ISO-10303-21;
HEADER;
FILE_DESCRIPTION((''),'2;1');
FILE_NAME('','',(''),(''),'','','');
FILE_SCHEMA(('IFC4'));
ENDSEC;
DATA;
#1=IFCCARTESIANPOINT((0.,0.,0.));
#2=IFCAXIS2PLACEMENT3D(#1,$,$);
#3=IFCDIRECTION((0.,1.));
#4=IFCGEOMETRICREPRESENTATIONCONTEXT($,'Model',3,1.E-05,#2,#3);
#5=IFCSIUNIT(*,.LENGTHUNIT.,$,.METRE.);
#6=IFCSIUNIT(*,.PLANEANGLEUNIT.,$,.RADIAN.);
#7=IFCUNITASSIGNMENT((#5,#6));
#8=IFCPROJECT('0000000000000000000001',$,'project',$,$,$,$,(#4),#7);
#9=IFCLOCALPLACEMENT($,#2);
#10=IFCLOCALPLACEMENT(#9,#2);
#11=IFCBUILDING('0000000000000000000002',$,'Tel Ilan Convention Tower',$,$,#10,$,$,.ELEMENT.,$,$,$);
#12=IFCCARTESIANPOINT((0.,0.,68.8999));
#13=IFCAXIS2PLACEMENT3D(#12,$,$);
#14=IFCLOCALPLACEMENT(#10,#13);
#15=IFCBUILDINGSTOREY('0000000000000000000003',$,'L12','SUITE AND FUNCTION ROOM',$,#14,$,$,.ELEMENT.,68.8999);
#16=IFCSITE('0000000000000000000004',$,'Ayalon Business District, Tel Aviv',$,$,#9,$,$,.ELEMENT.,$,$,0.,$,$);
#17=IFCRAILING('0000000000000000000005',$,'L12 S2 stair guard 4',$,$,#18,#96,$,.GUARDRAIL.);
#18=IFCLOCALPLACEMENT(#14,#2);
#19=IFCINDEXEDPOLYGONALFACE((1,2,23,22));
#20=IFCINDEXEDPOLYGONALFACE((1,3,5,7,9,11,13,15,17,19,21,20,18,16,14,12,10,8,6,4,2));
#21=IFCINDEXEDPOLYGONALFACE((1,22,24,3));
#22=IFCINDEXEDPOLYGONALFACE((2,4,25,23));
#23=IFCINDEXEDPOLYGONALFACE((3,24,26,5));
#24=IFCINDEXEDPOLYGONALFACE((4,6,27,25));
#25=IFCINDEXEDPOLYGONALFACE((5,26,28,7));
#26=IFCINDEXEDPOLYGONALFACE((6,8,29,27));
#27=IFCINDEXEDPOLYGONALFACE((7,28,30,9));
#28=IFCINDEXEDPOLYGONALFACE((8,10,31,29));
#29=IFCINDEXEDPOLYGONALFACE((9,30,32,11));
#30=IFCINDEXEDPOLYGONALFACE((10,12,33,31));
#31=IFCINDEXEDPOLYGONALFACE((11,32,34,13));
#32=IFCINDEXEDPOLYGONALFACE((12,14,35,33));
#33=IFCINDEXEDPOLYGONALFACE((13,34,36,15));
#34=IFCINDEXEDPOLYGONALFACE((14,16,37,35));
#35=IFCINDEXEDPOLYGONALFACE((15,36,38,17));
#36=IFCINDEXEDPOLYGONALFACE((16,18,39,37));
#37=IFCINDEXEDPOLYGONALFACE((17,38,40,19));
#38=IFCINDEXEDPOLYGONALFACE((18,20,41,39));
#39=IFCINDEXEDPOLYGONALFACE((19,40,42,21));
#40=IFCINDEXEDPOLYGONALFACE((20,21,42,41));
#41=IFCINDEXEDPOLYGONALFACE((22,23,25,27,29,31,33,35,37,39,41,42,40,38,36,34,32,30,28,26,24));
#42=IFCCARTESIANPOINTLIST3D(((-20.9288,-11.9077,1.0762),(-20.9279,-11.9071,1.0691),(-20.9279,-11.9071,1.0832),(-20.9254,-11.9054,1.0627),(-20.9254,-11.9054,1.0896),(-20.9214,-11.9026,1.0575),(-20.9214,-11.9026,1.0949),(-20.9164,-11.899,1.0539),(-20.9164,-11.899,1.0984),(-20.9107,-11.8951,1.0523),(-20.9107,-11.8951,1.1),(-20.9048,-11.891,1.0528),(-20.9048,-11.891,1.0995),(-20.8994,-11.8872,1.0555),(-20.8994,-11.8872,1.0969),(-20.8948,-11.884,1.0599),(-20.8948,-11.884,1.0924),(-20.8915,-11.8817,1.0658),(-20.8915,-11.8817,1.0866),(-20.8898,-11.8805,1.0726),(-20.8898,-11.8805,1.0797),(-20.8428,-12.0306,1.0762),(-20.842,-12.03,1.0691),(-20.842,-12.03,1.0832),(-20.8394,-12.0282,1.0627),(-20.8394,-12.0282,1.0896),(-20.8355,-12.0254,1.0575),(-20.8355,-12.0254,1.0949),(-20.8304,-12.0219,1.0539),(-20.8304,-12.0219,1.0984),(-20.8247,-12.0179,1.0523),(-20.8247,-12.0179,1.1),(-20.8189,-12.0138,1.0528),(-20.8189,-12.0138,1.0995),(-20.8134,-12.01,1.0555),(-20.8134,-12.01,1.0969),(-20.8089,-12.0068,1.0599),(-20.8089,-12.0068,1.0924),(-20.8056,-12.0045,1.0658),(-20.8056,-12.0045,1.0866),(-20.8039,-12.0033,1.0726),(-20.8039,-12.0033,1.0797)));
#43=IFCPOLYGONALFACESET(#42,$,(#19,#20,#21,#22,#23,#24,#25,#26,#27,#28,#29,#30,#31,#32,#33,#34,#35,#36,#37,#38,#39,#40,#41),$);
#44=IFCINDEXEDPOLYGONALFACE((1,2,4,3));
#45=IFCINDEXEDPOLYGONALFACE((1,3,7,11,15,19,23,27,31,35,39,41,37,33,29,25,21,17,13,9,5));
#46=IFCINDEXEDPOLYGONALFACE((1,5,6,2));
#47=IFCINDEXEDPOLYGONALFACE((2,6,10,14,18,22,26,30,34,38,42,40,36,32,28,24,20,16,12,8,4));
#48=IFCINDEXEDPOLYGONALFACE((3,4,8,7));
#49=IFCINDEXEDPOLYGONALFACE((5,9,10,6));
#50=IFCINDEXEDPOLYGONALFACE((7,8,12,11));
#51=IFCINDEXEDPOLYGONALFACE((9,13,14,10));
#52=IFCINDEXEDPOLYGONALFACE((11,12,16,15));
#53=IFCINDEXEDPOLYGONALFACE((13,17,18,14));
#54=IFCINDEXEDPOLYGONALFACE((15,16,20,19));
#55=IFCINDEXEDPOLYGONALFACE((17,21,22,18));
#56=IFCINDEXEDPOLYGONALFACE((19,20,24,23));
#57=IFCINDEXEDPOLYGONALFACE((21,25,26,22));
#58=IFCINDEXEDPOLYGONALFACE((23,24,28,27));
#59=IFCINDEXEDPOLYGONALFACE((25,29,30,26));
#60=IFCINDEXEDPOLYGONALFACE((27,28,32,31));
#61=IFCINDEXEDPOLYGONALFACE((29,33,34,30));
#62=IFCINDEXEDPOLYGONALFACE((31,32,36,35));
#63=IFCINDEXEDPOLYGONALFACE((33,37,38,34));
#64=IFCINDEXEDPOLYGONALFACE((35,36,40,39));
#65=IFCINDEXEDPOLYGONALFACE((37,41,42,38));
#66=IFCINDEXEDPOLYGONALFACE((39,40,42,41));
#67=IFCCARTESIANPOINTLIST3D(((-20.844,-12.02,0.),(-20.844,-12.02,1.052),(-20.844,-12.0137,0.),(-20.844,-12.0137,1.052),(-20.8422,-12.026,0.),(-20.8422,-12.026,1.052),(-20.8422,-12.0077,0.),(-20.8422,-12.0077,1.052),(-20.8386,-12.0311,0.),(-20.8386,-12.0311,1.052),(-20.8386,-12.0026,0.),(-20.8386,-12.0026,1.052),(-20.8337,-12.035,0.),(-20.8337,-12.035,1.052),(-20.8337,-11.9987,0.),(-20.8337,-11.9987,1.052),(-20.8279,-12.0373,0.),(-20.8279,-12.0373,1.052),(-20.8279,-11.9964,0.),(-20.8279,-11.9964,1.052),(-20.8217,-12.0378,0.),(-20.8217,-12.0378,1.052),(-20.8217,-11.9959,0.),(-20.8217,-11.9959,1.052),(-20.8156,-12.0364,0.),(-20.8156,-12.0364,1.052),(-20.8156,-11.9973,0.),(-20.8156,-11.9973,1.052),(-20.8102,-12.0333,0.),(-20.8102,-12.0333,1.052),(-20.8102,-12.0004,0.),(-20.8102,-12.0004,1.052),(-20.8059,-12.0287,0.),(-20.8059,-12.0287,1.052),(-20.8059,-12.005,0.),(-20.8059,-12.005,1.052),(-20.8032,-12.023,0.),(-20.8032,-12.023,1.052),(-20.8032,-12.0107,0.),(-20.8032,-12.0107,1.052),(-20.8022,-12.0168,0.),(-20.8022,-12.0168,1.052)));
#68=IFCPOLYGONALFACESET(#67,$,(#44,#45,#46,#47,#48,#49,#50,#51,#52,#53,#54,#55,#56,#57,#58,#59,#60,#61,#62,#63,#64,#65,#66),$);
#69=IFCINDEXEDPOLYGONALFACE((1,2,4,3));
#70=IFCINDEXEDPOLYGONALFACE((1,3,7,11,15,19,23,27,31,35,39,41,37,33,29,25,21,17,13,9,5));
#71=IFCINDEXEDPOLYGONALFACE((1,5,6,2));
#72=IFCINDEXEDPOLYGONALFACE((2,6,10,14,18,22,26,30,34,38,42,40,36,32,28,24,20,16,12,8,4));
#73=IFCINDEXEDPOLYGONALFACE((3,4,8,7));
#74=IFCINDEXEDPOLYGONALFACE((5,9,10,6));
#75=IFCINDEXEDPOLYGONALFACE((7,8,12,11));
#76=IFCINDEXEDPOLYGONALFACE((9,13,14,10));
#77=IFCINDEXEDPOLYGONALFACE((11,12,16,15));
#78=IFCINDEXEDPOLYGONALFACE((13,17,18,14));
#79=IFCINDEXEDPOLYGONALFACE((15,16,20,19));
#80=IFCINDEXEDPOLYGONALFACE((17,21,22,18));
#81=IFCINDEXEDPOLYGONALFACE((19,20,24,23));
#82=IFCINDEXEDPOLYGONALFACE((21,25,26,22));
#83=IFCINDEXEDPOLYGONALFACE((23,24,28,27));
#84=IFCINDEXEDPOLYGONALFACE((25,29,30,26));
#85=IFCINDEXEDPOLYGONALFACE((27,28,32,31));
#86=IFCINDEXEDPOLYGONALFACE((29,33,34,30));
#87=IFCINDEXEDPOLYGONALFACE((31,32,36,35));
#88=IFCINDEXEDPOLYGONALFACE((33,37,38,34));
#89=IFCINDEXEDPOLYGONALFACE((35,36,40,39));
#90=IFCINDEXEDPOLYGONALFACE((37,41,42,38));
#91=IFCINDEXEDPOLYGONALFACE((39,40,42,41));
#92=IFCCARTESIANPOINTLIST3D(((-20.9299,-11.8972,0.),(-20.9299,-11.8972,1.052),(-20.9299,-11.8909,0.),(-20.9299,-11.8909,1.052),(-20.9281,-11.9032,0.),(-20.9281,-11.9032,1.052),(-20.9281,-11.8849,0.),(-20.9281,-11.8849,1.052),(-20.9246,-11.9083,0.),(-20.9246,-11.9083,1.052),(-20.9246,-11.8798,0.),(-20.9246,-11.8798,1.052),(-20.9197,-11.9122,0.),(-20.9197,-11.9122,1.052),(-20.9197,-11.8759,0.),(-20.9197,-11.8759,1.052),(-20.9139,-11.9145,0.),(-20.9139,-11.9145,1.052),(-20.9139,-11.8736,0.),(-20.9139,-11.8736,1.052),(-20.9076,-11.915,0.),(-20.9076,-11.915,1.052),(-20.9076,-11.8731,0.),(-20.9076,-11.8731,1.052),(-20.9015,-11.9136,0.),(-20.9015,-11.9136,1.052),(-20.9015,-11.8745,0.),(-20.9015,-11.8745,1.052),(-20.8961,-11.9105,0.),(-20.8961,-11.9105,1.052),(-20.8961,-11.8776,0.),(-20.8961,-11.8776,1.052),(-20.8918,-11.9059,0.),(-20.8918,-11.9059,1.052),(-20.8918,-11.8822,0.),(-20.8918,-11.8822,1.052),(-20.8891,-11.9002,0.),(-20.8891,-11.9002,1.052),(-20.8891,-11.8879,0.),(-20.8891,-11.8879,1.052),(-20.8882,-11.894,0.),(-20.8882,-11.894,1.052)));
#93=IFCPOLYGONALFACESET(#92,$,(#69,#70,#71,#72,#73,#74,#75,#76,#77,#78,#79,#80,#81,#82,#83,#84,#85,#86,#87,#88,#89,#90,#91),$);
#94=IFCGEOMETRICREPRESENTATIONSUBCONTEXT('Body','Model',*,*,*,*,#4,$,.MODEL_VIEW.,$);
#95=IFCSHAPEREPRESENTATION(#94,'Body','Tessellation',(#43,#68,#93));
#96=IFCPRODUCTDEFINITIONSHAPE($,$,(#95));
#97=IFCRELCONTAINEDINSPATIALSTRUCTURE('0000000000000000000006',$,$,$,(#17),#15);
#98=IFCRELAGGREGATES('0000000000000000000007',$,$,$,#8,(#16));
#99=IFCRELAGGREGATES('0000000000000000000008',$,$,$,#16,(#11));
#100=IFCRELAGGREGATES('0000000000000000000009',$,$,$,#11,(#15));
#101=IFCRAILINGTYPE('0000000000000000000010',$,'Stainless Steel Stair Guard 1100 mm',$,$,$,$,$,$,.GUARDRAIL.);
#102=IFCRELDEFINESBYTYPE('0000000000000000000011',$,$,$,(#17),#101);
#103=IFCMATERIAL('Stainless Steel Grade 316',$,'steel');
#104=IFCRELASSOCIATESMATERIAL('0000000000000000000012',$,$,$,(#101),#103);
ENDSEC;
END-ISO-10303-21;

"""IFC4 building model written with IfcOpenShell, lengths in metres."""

from ifc_helpers import new_model, si_unit, direction, frame, origin, origin_2d, place, context, subcontext, project, spatial, circle, extrude, material, type_object, element, save


model = new_model("IFC4")

# Units and contexts
model_context = context("Model", 3, precision=1e-05, world=origin(), true_north=direction((0.0, 1.0)))
body_context = subcontext(model_context, "Body", "Model", "MODEL_VIEW")
ifc_project = project(units=[si_unit("LENGTHUNIT", "METRE"), si_unit("PLANEANGLEUNIT", "RADIAN")], contexts=[model_context])

# Site, building, storey
site_placement = place(None, origin())
site = spatial("IfcSite", under=ifc_project, at=site_placement, Name="Ayalon Business District, Tel Aviv", CompositionType="ELEMENT", RefElevation=0.0)
building_placement = place(site_placement, origin())
building = spatial("IfcBuilding", under=site, at=building_placement, Name="Tel Ilan Convention Tower", CompositionType="ELEMENT")
storey_placement = place(building_placement, frame((0.0, 0.0, 68.8999)))
storey = spatial("IfcBuildingStorey", under=building, at=storey_placement, Name="L12", Description="SUITE AND FUNCTION ROOM", CompositionType="ELEMENT", Elevation=68.8999)

# Railing
ifc_material_1 = material(Name="Stainless Steel Grade 316", Category="steel")
railing_type_1 = type_object("IfcRailingType", Name="Stainless Steel Stair Guard 1100 mm", PredefinedType="GUARDRAIL", material=ifc_material_1)
railing_1_placement = place(storey_placement, frame((-20.8232, -12.0168, 0.0)))
element("IfcRailing", 1, at=railing_1_placement, inside=storey, type_object=railing_type_1, Name="L12 S2 stair guard 4", PredefinedType="GUARDRAIL", context=body_context, shape_type="SweptSolid", body=[
    extrude(circle(Radius=0.0239, at=origin_2d()), frame((0.0, 0.0, 1.0762), z_axis=(-0.573353, 0.819308, 0.0), x_axis=(-0.819308, -0.573353, 0.0)), (0.0, 0.0, 1.0), 0.1499),
    extrude(circle(Radius=0.021, at=origin_2d()), origin(), (0.0, 0.0, 1.0), 1.052),
    extrude(circle(Radius=0.021, at=origin_2d()), frame((-0.0859, 0.1228, 0.0)), (0.0, 0.0, 1.0), 1.052),
])

save(model, "model.ifc")
